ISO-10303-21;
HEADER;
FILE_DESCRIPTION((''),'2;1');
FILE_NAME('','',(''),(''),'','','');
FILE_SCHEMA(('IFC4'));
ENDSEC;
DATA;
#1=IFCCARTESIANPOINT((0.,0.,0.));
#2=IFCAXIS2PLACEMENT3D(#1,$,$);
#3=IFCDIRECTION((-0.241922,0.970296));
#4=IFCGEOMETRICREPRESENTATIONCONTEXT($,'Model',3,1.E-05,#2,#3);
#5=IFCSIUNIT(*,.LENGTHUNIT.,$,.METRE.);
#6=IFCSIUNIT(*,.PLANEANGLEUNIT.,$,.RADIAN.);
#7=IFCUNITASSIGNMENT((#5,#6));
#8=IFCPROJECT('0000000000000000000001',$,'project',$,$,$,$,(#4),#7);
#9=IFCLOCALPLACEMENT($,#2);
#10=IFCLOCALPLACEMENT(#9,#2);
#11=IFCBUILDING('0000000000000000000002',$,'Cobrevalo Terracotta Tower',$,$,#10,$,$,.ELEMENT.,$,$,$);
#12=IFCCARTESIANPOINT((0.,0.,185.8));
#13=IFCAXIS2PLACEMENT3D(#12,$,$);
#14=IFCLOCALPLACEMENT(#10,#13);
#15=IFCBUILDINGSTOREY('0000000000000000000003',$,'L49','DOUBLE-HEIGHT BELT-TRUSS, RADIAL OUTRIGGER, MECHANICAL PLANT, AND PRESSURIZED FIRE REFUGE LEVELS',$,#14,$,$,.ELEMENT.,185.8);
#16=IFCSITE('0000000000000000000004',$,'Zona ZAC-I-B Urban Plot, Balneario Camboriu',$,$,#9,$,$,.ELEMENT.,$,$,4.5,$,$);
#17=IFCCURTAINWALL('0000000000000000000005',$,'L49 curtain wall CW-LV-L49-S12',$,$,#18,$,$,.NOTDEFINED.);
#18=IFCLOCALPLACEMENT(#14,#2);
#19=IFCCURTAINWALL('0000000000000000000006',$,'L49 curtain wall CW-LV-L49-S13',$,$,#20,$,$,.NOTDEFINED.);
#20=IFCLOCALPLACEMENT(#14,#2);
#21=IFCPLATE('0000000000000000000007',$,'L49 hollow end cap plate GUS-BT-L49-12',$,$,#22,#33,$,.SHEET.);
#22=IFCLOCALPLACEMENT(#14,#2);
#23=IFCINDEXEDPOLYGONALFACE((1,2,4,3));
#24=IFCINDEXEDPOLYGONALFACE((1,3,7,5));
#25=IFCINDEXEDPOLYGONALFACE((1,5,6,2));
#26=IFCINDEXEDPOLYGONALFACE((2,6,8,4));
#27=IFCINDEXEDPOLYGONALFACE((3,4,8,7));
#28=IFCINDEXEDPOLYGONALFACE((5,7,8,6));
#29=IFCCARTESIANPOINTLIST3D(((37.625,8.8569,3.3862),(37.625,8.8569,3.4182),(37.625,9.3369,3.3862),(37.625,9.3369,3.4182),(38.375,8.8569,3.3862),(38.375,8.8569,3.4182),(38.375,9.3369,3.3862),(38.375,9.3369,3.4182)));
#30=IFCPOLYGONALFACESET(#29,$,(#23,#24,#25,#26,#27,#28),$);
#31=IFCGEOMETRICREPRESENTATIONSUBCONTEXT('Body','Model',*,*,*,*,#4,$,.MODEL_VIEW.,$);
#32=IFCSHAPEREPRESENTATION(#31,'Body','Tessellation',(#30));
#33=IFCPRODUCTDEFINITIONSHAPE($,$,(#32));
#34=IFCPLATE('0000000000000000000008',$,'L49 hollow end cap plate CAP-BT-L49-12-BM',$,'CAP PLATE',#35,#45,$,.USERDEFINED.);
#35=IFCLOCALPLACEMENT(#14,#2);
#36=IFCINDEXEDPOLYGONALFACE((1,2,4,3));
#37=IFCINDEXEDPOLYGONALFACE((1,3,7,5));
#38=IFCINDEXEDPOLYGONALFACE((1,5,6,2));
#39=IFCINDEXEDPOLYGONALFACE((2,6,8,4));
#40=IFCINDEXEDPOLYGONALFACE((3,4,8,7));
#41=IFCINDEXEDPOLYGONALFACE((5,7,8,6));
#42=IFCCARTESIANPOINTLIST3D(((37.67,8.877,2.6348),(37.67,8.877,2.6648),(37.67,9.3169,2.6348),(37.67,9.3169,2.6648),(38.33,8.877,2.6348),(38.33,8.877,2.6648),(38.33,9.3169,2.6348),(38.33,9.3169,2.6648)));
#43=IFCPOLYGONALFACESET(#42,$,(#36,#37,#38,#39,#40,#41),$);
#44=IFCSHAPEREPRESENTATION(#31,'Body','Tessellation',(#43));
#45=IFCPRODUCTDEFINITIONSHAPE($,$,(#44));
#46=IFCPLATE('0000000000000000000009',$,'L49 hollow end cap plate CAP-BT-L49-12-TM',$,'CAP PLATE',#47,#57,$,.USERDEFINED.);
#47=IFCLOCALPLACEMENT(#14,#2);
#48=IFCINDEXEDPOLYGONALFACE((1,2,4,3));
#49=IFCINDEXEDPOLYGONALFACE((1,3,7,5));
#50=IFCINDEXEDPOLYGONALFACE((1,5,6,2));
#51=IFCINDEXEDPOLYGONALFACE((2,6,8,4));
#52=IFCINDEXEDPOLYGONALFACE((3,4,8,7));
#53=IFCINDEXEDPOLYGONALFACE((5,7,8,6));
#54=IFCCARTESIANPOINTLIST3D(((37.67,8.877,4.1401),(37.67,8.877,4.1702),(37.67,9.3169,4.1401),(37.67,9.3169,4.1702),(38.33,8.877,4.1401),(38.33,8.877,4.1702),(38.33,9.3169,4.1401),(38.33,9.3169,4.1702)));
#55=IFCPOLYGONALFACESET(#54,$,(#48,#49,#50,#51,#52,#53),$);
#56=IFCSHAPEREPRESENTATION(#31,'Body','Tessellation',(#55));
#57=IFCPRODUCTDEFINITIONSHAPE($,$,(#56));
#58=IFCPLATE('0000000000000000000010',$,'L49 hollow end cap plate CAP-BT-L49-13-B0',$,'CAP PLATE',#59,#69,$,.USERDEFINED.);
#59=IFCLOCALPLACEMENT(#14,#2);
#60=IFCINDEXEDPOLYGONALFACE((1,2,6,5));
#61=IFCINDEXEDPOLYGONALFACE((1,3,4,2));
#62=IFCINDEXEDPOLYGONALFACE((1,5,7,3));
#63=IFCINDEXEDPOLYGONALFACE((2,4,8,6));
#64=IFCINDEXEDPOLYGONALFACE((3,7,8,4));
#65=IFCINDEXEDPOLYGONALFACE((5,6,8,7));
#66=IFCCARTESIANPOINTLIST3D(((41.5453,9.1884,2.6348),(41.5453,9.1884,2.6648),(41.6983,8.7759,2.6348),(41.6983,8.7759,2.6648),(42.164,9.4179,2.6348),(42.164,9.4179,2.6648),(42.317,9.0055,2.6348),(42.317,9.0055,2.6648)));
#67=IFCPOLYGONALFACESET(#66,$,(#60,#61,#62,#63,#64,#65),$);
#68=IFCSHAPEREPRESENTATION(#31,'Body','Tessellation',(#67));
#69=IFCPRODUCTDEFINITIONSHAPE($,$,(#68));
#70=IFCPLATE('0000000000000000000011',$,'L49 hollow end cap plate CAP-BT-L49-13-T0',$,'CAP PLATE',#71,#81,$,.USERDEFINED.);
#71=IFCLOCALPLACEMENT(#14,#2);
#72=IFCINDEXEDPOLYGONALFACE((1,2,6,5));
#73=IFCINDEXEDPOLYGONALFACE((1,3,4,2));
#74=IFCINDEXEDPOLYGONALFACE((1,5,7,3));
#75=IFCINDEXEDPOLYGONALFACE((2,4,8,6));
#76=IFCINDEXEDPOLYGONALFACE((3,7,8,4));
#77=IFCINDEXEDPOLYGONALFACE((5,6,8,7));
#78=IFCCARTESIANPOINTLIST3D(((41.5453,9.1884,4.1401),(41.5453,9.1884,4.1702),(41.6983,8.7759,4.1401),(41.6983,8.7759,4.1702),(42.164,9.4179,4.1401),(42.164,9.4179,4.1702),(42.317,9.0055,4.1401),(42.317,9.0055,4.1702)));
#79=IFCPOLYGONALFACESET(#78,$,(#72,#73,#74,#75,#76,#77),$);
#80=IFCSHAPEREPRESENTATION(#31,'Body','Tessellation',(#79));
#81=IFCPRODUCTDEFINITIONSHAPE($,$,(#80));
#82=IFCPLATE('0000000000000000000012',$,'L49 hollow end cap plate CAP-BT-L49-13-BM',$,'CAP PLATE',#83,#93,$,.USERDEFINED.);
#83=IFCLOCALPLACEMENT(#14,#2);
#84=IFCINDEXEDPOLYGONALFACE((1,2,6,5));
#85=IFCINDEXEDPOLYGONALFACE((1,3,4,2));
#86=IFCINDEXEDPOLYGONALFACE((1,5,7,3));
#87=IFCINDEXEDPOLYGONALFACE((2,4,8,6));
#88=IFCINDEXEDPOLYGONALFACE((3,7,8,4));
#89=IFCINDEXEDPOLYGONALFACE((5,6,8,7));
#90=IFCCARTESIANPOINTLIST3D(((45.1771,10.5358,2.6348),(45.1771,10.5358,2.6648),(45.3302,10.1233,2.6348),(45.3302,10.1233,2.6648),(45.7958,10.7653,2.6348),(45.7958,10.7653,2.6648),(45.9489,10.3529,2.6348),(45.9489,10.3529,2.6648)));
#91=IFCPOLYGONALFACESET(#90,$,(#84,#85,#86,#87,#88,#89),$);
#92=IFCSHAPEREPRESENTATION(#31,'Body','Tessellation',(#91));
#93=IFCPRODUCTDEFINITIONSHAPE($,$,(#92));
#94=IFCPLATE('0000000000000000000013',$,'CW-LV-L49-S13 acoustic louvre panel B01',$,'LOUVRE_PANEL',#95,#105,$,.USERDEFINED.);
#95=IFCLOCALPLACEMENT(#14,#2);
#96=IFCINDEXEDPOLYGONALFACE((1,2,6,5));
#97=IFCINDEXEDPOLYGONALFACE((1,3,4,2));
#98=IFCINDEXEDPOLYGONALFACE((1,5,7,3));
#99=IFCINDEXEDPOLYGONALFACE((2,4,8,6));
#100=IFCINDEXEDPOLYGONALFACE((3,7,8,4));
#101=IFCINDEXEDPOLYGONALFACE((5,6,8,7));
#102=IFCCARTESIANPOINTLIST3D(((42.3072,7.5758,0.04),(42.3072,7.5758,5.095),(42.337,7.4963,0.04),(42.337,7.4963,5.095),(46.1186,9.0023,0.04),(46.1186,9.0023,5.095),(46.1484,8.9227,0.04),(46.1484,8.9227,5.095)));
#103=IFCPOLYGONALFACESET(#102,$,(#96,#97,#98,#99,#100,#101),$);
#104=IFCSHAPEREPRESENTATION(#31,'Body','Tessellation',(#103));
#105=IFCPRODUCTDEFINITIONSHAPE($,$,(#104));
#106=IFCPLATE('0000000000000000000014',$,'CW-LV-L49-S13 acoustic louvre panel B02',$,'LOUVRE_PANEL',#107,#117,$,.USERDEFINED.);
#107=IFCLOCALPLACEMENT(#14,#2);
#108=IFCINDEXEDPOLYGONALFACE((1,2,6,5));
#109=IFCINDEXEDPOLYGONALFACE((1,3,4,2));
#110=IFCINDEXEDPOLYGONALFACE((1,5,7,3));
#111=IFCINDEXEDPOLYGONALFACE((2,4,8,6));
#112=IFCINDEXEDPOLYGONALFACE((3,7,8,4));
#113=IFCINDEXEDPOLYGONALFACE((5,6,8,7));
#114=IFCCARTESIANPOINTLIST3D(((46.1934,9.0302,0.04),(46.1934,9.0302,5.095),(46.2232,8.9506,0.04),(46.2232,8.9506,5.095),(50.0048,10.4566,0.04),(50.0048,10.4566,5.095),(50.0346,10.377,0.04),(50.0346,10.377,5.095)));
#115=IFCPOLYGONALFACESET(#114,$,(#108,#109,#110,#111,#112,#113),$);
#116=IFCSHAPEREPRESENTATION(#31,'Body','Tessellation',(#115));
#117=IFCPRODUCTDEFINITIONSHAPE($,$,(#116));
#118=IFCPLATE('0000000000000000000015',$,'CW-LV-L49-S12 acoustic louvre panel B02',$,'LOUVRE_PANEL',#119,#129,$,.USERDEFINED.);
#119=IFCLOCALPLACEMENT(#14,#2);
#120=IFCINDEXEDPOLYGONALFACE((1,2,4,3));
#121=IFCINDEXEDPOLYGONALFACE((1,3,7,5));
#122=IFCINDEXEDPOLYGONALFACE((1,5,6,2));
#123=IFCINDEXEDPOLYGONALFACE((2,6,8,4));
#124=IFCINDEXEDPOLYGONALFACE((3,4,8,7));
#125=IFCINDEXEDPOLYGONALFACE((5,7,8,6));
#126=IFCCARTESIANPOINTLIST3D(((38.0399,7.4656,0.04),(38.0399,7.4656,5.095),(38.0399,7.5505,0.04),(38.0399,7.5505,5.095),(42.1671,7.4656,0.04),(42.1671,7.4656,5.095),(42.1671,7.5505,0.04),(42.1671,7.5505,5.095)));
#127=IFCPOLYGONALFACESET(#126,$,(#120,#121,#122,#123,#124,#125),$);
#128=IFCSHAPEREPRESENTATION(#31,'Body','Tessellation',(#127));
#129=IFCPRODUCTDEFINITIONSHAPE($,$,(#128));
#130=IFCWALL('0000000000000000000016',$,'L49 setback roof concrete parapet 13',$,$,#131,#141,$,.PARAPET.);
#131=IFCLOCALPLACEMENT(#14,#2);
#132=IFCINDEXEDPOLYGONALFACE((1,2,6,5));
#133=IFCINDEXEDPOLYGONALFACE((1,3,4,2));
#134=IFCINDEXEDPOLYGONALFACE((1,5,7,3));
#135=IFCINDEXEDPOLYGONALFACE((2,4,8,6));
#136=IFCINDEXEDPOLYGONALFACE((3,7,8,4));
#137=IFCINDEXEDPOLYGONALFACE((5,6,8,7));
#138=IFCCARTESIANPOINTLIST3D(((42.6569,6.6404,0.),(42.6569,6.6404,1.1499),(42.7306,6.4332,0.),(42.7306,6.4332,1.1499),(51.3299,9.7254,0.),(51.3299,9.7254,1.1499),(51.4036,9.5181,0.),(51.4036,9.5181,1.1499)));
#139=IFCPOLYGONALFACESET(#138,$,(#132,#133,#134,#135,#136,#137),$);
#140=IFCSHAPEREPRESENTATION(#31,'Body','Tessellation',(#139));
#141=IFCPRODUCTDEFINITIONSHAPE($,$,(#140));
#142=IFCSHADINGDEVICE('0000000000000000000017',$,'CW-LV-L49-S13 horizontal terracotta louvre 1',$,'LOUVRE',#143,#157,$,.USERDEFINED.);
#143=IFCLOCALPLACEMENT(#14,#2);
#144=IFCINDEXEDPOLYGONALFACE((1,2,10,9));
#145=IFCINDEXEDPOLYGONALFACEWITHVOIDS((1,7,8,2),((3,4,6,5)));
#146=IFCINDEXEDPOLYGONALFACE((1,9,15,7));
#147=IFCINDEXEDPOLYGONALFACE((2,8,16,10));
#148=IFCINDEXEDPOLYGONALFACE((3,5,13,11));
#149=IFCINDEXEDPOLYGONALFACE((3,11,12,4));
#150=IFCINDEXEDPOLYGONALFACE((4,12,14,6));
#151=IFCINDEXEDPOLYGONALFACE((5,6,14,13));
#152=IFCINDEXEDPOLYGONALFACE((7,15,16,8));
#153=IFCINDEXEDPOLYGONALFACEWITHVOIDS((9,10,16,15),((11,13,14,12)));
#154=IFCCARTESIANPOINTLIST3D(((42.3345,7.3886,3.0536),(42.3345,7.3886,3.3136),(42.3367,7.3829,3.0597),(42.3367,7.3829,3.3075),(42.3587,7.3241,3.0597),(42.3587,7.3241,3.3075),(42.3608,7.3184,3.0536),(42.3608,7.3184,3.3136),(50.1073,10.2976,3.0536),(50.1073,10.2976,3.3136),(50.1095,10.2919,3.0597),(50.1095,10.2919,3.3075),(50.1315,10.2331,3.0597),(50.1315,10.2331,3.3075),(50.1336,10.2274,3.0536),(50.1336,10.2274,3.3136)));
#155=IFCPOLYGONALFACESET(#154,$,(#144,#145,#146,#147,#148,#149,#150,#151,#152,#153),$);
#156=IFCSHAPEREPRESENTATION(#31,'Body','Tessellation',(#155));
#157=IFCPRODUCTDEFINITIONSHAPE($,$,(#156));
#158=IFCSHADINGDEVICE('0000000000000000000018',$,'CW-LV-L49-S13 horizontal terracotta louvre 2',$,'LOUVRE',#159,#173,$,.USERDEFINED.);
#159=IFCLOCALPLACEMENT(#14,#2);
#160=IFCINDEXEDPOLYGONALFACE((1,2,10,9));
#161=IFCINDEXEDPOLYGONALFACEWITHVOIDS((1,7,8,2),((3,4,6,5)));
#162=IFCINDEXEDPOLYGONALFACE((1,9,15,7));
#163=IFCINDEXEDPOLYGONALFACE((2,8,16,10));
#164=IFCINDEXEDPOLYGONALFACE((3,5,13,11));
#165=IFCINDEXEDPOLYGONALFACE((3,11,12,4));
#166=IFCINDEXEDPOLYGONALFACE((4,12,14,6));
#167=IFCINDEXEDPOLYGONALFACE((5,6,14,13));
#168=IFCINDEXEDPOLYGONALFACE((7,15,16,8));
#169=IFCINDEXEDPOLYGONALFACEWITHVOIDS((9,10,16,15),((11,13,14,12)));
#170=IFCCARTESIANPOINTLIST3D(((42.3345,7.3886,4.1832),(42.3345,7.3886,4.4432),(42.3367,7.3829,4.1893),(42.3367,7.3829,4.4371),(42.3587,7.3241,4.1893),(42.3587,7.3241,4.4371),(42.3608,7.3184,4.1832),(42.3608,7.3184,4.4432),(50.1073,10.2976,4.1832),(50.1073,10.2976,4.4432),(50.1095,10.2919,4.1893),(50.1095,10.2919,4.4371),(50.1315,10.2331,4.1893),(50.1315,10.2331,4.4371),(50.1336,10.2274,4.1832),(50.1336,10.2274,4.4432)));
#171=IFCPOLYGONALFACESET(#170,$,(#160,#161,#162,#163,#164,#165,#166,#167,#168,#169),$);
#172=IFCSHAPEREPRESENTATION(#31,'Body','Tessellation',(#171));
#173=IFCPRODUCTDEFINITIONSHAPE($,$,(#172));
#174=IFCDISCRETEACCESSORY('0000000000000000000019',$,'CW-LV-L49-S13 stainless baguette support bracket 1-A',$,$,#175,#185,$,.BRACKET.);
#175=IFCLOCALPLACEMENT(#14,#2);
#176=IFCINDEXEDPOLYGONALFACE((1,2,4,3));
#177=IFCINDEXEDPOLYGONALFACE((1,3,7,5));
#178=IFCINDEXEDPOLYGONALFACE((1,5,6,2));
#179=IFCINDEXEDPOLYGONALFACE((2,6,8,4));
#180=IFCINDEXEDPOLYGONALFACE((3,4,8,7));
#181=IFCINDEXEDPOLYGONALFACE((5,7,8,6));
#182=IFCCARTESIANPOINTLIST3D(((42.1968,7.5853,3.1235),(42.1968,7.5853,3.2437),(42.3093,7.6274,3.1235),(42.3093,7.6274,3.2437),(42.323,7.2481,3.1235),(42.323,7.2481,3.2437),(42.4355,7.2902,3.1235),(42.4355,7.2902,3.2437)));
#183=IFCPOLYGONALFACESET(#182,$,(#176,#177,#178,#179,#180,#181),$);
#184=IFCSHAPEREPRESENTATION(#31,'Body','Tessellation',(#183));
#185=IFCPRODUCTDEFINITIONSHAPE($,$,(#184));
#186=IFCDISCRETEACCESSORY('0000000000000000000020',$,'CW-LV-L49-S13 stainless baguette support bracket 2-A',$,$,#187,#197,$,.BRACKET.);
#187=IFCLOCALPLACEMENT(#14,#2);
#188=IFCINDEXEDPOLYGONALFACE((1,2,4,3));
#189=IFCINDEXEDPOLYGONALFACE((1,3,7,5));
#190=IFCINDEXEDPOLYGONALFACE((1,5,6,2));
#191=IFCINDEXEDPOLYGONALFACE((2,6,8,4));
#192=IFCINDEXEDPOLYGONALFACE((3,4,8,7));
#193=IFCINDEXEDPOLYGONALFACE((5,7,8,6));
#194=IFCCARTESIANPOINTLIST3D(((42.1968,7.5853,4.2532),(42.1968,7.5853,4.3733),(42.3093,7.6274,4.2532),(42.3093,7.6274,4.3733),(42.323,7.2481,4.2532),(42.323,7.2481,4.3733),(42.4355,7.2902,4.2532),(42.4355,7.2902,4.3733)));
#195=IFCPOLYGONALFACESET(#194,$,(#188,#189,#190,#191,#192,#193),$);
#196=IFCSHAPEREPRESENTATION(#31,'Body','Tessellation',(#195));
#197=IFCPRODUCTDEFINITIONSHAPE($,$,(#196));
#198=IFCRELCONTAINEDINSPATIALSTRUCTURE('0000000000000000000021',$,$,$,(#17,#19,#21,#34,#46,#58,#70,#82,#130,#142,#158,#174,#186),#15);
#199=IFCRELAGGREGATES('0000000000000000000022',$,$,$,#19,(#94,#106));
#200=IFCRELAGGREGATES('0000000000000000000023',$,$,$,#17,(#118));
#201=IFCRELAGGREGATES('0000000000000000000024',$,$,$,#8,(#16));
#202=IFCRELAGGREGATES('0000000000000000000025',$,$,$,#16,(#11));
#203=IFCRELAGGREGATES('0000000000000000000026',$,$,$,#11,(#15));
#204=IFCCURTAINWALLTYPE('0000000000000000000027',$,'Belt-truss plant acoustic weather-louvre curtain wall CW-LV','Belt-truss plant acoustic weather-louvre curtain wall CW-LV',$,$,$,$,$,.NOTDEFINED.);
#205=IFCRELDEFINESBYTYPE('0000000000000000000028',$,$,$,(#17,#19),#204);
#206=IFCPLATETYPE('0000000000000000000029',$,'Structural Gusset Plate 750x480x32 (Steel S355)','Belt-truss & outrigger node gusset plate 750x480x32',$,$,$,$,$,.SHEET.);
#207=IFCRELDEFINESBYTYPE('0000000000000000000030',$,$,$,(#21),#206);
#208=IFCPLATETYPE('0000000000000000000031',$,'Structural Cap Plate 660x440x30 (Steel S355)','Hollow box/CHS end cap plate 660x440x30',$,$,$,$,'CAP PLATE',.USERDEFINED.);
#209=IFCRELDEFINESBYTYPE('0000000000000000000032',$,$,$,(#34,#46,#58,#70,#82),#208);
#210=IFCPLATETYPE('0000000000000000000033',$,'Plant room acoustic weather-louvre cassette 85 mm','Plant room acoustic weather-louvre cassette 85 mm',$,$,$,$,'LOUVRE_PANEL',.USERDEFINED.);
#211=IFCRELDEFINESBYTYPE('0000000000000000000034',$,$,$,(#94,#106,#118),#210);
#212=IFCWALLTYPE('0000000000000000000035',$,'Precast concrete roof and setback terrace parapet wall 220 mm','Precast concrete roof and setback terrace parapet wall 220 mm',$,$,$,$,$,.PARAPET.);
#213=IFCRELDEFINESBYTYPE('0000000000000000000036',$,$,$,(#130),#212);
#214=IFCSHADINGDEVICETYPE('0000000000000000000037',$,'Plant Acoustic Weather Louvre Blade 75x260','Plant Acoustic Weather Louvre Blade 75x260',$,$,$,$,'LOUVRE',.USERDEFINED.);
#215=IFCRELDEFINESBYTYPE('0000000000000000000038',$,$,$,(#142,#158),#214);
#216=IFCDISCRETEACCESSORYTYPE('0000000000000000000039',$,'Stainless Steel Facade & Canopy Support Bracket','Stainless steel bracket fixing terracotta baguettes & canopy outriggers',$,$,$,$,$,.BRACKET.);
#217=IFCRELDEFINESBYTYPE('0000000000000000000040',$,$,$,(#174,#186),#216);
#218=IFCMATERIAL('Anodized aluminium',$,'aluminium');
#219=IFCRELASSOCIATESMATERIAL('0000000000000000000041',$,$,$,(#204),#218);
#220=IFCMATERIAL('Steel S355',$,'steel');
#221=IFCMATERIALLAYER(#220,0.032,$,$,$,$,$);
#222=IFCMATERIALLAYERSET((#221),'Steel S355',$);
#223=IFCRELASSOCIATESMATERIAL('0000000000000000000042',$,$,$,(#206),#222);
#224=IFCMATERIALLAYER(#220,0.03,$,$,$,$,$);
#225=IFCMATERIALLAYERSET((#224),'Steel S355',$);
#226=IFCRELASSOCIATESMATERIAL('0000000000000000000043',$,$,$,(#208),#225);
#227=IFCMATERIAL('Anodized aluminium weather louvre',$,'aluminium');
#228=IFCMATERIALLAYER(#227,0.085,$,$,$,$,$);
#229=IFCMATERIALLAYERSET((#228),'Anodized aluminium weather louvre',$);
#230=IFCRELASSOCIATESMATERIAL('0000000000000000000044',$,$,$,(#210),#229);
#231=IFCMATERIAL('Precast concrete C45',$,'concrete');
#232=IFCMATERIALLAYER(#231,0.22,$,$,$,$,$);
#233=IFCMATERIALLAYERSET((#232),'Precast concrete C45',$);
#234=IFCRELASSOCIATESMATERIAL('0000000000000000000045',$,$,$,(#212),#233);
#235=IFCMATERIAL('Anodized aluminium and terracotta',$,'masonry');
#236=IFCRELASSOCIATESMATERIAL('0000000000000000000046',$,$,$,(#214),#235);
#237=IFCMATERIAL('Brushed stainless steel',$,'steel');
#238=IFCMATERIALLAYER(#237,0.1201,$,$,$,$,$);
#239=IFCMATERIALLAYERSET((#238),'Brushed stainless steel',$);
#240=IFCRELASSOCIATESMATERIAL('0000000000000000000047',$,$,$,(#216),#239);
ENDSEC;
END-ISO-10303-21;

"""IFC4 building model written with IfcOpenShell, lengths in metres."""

from ifc_helpers import new_model, si_unit, direction, frame, frame_2d, origin, origin_2d, place, context, subcontext, project, spatial, rectangle, hollow_rectangle, extrude, source, transform, mapped, material, layer, layer_set, material_profile, profile_set, type_object, element, aggregate, save


model = new_model("IFC4")

# Units and contexts
model_context = context("Model", 3, precision=1e-05, world=origin(), true_north=direction((-0.241922, 0.970296)))
body_context = subcontext(model_context, "Body", "Model", "MODEL_VIEW")
ifc_project = project(units=[si_unit("LENGTHUNIT", "METRE"), si_unit("PLANEANGLEUNIT", "RADIAN")], contexts=[model_context])

# Site, building, storey
site_placement = place(None, origin())
site = spatial("IfcSite", under=ifc_project, at=site_placement, Name="Zona ZAC-I-B Urban Plot, Balneario Camboriu", CompositionType="ELEMENT", RefElevation=4.5)
building_placement = place(site_placement, origin())
building = spatial("IfcBuilding", under=site, at=building_placement, Name="Cobrevalo Terracotta Tower", CompositionType="ELEMENT")
storey_placement = place(building_placement, frame((0.0, 0.0, 185.8)))
storey = spatial("IfcBuildingStorey", under=building, at=storey_placement, Name="L49", Description="DOUBLE-HEIGHT BELT-TRUSS, RADIAL OUTRIGGER, MECHANICAL PLANT, AND PRESSURIZED FIRE REFUGE LEVELS", CompositionType="ELEMENT", Elevation=185.8)

# Shared definitions
ifc_material_1 = material(Name="Steel S355", Category="steel")

# Curtain walls
ifc_material_2 = material(Name="Anodized aluminium", Category="aluminium")
curtain_wall_type = type_object("IfcCurtainWallType", Name="Belt-truss plant acoustic weather-louvre curtain wall CW-LV", Description="Belt-truss plant acoustic weather-louvre curtain wall CW-LV", PredefinedType="NOTDEFINED", material=ifc_material_2)
curtain_wall_1_placement = place(storey_placement, origin())
curtain_wall_1 = element("IfcCurtainWall", 1, at=curtain_wall_1_placement, inside=storey, type_object=curtain_wall_type, Name="L49 curtain wall CW-LV-L49-S12", PredefinedType="NOTDEFINED")
curtain_wall_2_placement = place(storey_placement, origin())
curtain_wall_2 = element("IfcCurtainWall", 2, at=curtain_wall_2_placement, inside=storey, type_object=curtain_wall_type, Name="L49 curtain wall CW-LV-L49-S13", PredefinedType="NOTDEFINED")

# Plates
ifc_layer_1 = layer(ifc_material_1, 0.032)
ifc_layer_set_1 = layer_set([ifc_layer_1], Name="Steel S355")
plate_type_1 = type_object("IfcPlateType", Name="Structural Gusset Plate 750x480x32 (Steel S355)", Description="Belt-truss & outrigger node gusset plate 750x480x32", PredefinedType="SHEET", material=ifc_layer_set_1)
shared_shape_1 = source(origin(), body_context, "Body", "SweptSolid", [
    extrude(rectangle(XDim=0.75, YDim=0.48, at=origin_2d()), origin(), (0.0, 0.0, 1.0), 0.032),
])
plate_1_placement = place(storey_placement, frame((38.0, 9.0969, 3.3862), z_axis=(0.0, 0.0, 1.0), x_axis=(1.0, 0.0, 0.0)))
element("IfcPlate", 3, at=plate_1_placement, inside=storey, type_object=plate_type_1, Name="L49 hollow end cap plate GUS-BT-L49-12", PredefinedType="SHEET", context=body_context, shape_type="MappedRepresentation", body=[
    mapped(shared_shape_1, transform((0.0, 0.0, 0.0), scale=1.0)),
])
ifc_layer_2 = layer(ifc_material_1, 0.03)
ifc_layer_set_2 = layer_set([ifc_layer_2], Name="Steel S355")
plate_type_2 = type_object("IfcPlateType", Name="Structural Cap Plate 660x440x30 (Steel S355)", Description="Hollow box/CHS end cap plate 660x440x30", ElementType="CAP PLATE", PredefinedType="USERDEFINED", material=ifc_layer_set_2)
shared_shape_2 = source(origin(), body_context, "Body", "SweptSolid", [
    extrude(rectangle(XDim=0.6599, YDim=0.4399, at=origin_2d()), origin(), (0.0, 0.0, 1.0), 0.03),
])
for number, where, z_axis, x_axis, name in (
    (4, (38.0, 9.0969, 2.6348), (0.0, 0.0, 1.0), (1.0, 0.0, 0.0), "L49 hollow end cap plate CAP-BT-L49-12-BM"),
    (5, (38.0, 9.0969, 4.1401), (0.0, 0.0, 1.0), (1.0, 0.0, 0.0), "L49 hollow end cap plate CAP-BT-L49-12-TM"),
    (6, (41.9312, 9.0969, 2.6348), (0.0, 0.0, 1.0), (0.937543, 0.34787, 0.0), "L49 hollow end cap plate CAP-BT-L49-13-B0"),
    (7, (41.9312, 9.0969, 4.1401), (0.0, 0.0, 1.0), (0.937543, 0.34787, 0.0), "L49 hollow end cap plate CAP-BT-L49-13-T0"),
    (8, (45.563, 10.4443, 2.6348), (0.0, 0.0, 1.0), (0.937543, 0.34787, 0.0), "L49 hollow end cap plate CAP-BT-L49-13-BM"),
):
    element("IfcPlate", number, at=place(storey_placement, frame(where, z_axis=z_axis, x_axis=x_axis)), inside=storey, type_object=plate_type_2, Name=name, ObjectType="CAP PLATE", PredefinedType="USERDEFINED", context=body_context, shape_type="MappedRepresentation", body=[
        mapped(shared_shape_2, transform((0.0, 0.0, 0.0), scale=1.0)),
    ])

# Plates
ifc_material_3 = material(Name="Anodized aluminium weather louvre", Category="aluminium")
ifc_layer_3 = layer(ifc_material_3, 0.085)
ifc_layer_set_3 = layer_set([ifc_layer_3], Name="Anodized aluminium weather louvre")
plate_type_3 = type_object("IfcPlateType", Name="Plant room acoustic weather-louvre cassette 85 mm", Description="Plant room acoustic weather-louvre cassette 85 mm", ElementType="LOUVRE_PANEL", PredefinedType="USERDEFINED", material=ifc_layer_set_3)
shared_shape_3 = source(origin(), body_context, "Body", "SweptSolid", [
    extrude(rectangle(XDim=4.0696, YDim=0.085, at=origin_2d()), origin(), (0.0, 0.0, 1.0), 5.0549),
])
plate_2_placement = place(storey_placement, frame((44.2278, 8.2493, 0.04), z_axis=(0.0, 0.0, 1.0), x_axis=(0.936558, 0.350513, 0.0)))
plate_2 = element("IfcPlate", 9, at=plate_2_placement, type_object=plate_type_3, Name="CW-LV-L49-S13 acoustic louvre panel B01", ObjectType="LOUVRE_PANEL", PredefinedType="USERDEFINED", context=body_context, shape_type="MappedRepresentation", body=[
    mapped(shared_shape_3, transform((0.0, 0.0, 0.0), scale=1.0)),
])
plate_3_placement = place(storey_placement, frame((48.114, 9.7036, 0.04), z_axis=(0.0, 0.0, 1.0), x_axis=(0.936558, 0.350513, 0.0)))
plate_3 = element("IfcPlate", 10, at=plate_3_placement, type_object=plate_type_3, Name="CW-LV-L49-S13 acoustic louvre panel B02", ObjectType="LOUVRE_PANEL", PredefinedType="USERDEFINED", context=body_context, shape_type="MappedRepresentation", body=[
    mapped(shared_shape_3, transform((0.0, 0.0, 0.0), scale=1.0)),
])
aggregate(curtain_wall_2, [plate_2, plate_3])
shared_shape_4 = source(origin(), body_context, "Body", "SweptSolid", [
    extrude(rectangle(XDim=4.1272, YDim=0.085, at=origin_2d()), origin(), (0.0, 0.0, 1.0), 5.0549),
])
plate_4_placement = place(storey_placement, frame((40.1035, 7.5081, 0.04), z_axis=(0.0, 0.0, 1.0), x_axis=(1.0, 0.0, 0.0)))
plate_4 = element("IfcPlate", 11, at=plate_4_placement, type_object=plate_type_3, Name="CW-LV-L49-S12 acoustic louvre panel B02", ObjectType="LOUVRE_PANEL", PredefinedType="USERDEFINED", context=body_context, shape_type="MappedRepresentation", body=[
    mapped(shared_shape_4, transform((0.0, 0.0, 0.0), scale=1.0)),
])
aggregate(curtain_wall_1, [plate_4])

# Wall
ifc_material_4 = material(Name="Precast concrete C45", Category="concrete")
ifc_layer_4 = layer(ifc_material_4, 0.22)
ifc_layer_set_4 = layer_set([ifc_layer_4], Name="Precast concrete C45")
wall_type = type_object("IfcWallType", Name="Precast concrete roof and setback terrace parapet wall 220 mm", Description="Precast concrete roof and setback terrace parapet wall 220 mm", PredefinedType="PARAPET", material=ifc_layer_set_4)
wall_placement = place(storey_placement, frame((42.6938, 6.5369, 0.0), z_axis=(0.0, 0.0, 1.0), x_axis=(0.942174, 0.335125, 0.0)))
element("IfcWall", 12, at=wall_placement, inside=storey, type_object=wall_type, Name="L49 setback roof concrete parapet 13", PredefinedType="PARAPET", context=body_context, shape_type="SweptSolid", body=[
    extrude(rectangle(XDim=9.2053, YDim=0.22, at=frame_2d((4.6025, 0.0))), origin(), (0.0, 0.0, 1.0), 1.1499),
])

# Shading devices
ifc_material_5 = material(Name="Anodized aluminium and terracotta", Category="masonry")
ifc_material_profile_1 = material_profile(ifc_material_5, hollow_rectangle(XDim=0.075, YDim=0.26, WallThickness=0.0061, at=origin_2d()), Name="LOUVRE BLADE 75x260")
ifc_profile_set_1 = profile_set([ifc_material_profile_1], Name="Anodized aluminium and terracotta")
shading_device_type = type_object("IfcShadingDeviceType", Name="Plant Acoustic Weather Louvre Blade 75x260", Description="Plant Acoustic Weather Louvre Blade 75x260", ElementType="LOUVRE", PredefinedType="USERDEFINED", material=ifc_profile_set_1)
shared_shape_5 = source(origin(), body_context, "Body", "SweptSolid", [
    extrude(hollow_rectangle(XDim=0.075, YDim=0.26, WallThickness=0.0061, at=origin_2d()), origin(), (0.0, 0.0, 1.0), 8.2993),
])
for number, where, z_axis, x_axis, name in (
    (13, (42.3477, 7.3535, 3.1836), (0.93656, 0.350508, 0.0), (-0.350508, 0.93656, 0.0), "CW-LV-L49-S13 horizontal terracotta louvre 1"),
    (14, (42.3477, 7.3535, 4.3132), (0.93656, 0.350508, 0.0), (-0.350508, 0.93656, 0.0), "CW-LV-L49-S13 horizontal terracotta louvre 2"),
):
    element("IfcShadingDevice", number, at=place(storey_placement, frame(where, z_axis=z_axis, x_axis=x_axis)), inside=storey, type_object=shading_device_type, Name=name, ObjectType="LOUVRE", PredefinedType="USERDEFINED", context=body_context, shape_type="MappedRepresentation", body=[
        mapped(shared_shape_5, transform((0.0, 0.0, 0.0), scale=1.0)),
    ])

# Discrete accessories
ifc_material_6 = material(Name="Brushed stainless steel", Category="steel")
ifc_layer_5 = layer(ifc_material_6, 0.1201)
ifc_layer_set_5 = layer_set([ifc_layer_5], Name="Brushed stainless steel")
discrete_accessory_type = type_object("IfcDiscreteAccessoryType", Name="Stainless Steel Facade & Canopy Support Bracket", Description="Stainless steel bracket fixing terracotta baguettes & canopy outriggers", PredefinedType="BRACKET", material=ifc_layer_set_5)
shared_shape_6 = source(origin(), body_context, "Body", "SweptSolid", [
    extrude(rectangle(XDim=0.1201, YDim=0.3601, at=origin_2d()), origin(), (0.0, 0.0, 1.0), 0.1201),
])
for number, where, z_axis, x_axis, name in (
    (15, (42.3162, 7.4377, 3.1235), (0.0, 0.0, 1.0), (0.936558, 0.350513, 0.0), "CW-LV-L49-S13 stainless baguette support bracket 1-A"),
    (16, (42.3162, 7.4377, 4.2532), (0.0, 0.0, 1.0), (0.936558, 0.350513, 0.0), "CW-LV-L49-S13 stainless baguette support bracket 2-A"),
):
    element("IfcDiscreteAccessory", number, at=place(storey_placement, frame(where, z_axis=z_axis, x_axis=x_axis)), inside=storey, type_object=discrete_accessory_type, Name=name, PredefinedType="BRACKET", context=body_context, shape_type="MappedRepresentation", body=[
        mapped(shared_shape_6, transform((0.0, 0.0, 0.0), scale=1.0)),
    ])

save(model, "model.ifc")
